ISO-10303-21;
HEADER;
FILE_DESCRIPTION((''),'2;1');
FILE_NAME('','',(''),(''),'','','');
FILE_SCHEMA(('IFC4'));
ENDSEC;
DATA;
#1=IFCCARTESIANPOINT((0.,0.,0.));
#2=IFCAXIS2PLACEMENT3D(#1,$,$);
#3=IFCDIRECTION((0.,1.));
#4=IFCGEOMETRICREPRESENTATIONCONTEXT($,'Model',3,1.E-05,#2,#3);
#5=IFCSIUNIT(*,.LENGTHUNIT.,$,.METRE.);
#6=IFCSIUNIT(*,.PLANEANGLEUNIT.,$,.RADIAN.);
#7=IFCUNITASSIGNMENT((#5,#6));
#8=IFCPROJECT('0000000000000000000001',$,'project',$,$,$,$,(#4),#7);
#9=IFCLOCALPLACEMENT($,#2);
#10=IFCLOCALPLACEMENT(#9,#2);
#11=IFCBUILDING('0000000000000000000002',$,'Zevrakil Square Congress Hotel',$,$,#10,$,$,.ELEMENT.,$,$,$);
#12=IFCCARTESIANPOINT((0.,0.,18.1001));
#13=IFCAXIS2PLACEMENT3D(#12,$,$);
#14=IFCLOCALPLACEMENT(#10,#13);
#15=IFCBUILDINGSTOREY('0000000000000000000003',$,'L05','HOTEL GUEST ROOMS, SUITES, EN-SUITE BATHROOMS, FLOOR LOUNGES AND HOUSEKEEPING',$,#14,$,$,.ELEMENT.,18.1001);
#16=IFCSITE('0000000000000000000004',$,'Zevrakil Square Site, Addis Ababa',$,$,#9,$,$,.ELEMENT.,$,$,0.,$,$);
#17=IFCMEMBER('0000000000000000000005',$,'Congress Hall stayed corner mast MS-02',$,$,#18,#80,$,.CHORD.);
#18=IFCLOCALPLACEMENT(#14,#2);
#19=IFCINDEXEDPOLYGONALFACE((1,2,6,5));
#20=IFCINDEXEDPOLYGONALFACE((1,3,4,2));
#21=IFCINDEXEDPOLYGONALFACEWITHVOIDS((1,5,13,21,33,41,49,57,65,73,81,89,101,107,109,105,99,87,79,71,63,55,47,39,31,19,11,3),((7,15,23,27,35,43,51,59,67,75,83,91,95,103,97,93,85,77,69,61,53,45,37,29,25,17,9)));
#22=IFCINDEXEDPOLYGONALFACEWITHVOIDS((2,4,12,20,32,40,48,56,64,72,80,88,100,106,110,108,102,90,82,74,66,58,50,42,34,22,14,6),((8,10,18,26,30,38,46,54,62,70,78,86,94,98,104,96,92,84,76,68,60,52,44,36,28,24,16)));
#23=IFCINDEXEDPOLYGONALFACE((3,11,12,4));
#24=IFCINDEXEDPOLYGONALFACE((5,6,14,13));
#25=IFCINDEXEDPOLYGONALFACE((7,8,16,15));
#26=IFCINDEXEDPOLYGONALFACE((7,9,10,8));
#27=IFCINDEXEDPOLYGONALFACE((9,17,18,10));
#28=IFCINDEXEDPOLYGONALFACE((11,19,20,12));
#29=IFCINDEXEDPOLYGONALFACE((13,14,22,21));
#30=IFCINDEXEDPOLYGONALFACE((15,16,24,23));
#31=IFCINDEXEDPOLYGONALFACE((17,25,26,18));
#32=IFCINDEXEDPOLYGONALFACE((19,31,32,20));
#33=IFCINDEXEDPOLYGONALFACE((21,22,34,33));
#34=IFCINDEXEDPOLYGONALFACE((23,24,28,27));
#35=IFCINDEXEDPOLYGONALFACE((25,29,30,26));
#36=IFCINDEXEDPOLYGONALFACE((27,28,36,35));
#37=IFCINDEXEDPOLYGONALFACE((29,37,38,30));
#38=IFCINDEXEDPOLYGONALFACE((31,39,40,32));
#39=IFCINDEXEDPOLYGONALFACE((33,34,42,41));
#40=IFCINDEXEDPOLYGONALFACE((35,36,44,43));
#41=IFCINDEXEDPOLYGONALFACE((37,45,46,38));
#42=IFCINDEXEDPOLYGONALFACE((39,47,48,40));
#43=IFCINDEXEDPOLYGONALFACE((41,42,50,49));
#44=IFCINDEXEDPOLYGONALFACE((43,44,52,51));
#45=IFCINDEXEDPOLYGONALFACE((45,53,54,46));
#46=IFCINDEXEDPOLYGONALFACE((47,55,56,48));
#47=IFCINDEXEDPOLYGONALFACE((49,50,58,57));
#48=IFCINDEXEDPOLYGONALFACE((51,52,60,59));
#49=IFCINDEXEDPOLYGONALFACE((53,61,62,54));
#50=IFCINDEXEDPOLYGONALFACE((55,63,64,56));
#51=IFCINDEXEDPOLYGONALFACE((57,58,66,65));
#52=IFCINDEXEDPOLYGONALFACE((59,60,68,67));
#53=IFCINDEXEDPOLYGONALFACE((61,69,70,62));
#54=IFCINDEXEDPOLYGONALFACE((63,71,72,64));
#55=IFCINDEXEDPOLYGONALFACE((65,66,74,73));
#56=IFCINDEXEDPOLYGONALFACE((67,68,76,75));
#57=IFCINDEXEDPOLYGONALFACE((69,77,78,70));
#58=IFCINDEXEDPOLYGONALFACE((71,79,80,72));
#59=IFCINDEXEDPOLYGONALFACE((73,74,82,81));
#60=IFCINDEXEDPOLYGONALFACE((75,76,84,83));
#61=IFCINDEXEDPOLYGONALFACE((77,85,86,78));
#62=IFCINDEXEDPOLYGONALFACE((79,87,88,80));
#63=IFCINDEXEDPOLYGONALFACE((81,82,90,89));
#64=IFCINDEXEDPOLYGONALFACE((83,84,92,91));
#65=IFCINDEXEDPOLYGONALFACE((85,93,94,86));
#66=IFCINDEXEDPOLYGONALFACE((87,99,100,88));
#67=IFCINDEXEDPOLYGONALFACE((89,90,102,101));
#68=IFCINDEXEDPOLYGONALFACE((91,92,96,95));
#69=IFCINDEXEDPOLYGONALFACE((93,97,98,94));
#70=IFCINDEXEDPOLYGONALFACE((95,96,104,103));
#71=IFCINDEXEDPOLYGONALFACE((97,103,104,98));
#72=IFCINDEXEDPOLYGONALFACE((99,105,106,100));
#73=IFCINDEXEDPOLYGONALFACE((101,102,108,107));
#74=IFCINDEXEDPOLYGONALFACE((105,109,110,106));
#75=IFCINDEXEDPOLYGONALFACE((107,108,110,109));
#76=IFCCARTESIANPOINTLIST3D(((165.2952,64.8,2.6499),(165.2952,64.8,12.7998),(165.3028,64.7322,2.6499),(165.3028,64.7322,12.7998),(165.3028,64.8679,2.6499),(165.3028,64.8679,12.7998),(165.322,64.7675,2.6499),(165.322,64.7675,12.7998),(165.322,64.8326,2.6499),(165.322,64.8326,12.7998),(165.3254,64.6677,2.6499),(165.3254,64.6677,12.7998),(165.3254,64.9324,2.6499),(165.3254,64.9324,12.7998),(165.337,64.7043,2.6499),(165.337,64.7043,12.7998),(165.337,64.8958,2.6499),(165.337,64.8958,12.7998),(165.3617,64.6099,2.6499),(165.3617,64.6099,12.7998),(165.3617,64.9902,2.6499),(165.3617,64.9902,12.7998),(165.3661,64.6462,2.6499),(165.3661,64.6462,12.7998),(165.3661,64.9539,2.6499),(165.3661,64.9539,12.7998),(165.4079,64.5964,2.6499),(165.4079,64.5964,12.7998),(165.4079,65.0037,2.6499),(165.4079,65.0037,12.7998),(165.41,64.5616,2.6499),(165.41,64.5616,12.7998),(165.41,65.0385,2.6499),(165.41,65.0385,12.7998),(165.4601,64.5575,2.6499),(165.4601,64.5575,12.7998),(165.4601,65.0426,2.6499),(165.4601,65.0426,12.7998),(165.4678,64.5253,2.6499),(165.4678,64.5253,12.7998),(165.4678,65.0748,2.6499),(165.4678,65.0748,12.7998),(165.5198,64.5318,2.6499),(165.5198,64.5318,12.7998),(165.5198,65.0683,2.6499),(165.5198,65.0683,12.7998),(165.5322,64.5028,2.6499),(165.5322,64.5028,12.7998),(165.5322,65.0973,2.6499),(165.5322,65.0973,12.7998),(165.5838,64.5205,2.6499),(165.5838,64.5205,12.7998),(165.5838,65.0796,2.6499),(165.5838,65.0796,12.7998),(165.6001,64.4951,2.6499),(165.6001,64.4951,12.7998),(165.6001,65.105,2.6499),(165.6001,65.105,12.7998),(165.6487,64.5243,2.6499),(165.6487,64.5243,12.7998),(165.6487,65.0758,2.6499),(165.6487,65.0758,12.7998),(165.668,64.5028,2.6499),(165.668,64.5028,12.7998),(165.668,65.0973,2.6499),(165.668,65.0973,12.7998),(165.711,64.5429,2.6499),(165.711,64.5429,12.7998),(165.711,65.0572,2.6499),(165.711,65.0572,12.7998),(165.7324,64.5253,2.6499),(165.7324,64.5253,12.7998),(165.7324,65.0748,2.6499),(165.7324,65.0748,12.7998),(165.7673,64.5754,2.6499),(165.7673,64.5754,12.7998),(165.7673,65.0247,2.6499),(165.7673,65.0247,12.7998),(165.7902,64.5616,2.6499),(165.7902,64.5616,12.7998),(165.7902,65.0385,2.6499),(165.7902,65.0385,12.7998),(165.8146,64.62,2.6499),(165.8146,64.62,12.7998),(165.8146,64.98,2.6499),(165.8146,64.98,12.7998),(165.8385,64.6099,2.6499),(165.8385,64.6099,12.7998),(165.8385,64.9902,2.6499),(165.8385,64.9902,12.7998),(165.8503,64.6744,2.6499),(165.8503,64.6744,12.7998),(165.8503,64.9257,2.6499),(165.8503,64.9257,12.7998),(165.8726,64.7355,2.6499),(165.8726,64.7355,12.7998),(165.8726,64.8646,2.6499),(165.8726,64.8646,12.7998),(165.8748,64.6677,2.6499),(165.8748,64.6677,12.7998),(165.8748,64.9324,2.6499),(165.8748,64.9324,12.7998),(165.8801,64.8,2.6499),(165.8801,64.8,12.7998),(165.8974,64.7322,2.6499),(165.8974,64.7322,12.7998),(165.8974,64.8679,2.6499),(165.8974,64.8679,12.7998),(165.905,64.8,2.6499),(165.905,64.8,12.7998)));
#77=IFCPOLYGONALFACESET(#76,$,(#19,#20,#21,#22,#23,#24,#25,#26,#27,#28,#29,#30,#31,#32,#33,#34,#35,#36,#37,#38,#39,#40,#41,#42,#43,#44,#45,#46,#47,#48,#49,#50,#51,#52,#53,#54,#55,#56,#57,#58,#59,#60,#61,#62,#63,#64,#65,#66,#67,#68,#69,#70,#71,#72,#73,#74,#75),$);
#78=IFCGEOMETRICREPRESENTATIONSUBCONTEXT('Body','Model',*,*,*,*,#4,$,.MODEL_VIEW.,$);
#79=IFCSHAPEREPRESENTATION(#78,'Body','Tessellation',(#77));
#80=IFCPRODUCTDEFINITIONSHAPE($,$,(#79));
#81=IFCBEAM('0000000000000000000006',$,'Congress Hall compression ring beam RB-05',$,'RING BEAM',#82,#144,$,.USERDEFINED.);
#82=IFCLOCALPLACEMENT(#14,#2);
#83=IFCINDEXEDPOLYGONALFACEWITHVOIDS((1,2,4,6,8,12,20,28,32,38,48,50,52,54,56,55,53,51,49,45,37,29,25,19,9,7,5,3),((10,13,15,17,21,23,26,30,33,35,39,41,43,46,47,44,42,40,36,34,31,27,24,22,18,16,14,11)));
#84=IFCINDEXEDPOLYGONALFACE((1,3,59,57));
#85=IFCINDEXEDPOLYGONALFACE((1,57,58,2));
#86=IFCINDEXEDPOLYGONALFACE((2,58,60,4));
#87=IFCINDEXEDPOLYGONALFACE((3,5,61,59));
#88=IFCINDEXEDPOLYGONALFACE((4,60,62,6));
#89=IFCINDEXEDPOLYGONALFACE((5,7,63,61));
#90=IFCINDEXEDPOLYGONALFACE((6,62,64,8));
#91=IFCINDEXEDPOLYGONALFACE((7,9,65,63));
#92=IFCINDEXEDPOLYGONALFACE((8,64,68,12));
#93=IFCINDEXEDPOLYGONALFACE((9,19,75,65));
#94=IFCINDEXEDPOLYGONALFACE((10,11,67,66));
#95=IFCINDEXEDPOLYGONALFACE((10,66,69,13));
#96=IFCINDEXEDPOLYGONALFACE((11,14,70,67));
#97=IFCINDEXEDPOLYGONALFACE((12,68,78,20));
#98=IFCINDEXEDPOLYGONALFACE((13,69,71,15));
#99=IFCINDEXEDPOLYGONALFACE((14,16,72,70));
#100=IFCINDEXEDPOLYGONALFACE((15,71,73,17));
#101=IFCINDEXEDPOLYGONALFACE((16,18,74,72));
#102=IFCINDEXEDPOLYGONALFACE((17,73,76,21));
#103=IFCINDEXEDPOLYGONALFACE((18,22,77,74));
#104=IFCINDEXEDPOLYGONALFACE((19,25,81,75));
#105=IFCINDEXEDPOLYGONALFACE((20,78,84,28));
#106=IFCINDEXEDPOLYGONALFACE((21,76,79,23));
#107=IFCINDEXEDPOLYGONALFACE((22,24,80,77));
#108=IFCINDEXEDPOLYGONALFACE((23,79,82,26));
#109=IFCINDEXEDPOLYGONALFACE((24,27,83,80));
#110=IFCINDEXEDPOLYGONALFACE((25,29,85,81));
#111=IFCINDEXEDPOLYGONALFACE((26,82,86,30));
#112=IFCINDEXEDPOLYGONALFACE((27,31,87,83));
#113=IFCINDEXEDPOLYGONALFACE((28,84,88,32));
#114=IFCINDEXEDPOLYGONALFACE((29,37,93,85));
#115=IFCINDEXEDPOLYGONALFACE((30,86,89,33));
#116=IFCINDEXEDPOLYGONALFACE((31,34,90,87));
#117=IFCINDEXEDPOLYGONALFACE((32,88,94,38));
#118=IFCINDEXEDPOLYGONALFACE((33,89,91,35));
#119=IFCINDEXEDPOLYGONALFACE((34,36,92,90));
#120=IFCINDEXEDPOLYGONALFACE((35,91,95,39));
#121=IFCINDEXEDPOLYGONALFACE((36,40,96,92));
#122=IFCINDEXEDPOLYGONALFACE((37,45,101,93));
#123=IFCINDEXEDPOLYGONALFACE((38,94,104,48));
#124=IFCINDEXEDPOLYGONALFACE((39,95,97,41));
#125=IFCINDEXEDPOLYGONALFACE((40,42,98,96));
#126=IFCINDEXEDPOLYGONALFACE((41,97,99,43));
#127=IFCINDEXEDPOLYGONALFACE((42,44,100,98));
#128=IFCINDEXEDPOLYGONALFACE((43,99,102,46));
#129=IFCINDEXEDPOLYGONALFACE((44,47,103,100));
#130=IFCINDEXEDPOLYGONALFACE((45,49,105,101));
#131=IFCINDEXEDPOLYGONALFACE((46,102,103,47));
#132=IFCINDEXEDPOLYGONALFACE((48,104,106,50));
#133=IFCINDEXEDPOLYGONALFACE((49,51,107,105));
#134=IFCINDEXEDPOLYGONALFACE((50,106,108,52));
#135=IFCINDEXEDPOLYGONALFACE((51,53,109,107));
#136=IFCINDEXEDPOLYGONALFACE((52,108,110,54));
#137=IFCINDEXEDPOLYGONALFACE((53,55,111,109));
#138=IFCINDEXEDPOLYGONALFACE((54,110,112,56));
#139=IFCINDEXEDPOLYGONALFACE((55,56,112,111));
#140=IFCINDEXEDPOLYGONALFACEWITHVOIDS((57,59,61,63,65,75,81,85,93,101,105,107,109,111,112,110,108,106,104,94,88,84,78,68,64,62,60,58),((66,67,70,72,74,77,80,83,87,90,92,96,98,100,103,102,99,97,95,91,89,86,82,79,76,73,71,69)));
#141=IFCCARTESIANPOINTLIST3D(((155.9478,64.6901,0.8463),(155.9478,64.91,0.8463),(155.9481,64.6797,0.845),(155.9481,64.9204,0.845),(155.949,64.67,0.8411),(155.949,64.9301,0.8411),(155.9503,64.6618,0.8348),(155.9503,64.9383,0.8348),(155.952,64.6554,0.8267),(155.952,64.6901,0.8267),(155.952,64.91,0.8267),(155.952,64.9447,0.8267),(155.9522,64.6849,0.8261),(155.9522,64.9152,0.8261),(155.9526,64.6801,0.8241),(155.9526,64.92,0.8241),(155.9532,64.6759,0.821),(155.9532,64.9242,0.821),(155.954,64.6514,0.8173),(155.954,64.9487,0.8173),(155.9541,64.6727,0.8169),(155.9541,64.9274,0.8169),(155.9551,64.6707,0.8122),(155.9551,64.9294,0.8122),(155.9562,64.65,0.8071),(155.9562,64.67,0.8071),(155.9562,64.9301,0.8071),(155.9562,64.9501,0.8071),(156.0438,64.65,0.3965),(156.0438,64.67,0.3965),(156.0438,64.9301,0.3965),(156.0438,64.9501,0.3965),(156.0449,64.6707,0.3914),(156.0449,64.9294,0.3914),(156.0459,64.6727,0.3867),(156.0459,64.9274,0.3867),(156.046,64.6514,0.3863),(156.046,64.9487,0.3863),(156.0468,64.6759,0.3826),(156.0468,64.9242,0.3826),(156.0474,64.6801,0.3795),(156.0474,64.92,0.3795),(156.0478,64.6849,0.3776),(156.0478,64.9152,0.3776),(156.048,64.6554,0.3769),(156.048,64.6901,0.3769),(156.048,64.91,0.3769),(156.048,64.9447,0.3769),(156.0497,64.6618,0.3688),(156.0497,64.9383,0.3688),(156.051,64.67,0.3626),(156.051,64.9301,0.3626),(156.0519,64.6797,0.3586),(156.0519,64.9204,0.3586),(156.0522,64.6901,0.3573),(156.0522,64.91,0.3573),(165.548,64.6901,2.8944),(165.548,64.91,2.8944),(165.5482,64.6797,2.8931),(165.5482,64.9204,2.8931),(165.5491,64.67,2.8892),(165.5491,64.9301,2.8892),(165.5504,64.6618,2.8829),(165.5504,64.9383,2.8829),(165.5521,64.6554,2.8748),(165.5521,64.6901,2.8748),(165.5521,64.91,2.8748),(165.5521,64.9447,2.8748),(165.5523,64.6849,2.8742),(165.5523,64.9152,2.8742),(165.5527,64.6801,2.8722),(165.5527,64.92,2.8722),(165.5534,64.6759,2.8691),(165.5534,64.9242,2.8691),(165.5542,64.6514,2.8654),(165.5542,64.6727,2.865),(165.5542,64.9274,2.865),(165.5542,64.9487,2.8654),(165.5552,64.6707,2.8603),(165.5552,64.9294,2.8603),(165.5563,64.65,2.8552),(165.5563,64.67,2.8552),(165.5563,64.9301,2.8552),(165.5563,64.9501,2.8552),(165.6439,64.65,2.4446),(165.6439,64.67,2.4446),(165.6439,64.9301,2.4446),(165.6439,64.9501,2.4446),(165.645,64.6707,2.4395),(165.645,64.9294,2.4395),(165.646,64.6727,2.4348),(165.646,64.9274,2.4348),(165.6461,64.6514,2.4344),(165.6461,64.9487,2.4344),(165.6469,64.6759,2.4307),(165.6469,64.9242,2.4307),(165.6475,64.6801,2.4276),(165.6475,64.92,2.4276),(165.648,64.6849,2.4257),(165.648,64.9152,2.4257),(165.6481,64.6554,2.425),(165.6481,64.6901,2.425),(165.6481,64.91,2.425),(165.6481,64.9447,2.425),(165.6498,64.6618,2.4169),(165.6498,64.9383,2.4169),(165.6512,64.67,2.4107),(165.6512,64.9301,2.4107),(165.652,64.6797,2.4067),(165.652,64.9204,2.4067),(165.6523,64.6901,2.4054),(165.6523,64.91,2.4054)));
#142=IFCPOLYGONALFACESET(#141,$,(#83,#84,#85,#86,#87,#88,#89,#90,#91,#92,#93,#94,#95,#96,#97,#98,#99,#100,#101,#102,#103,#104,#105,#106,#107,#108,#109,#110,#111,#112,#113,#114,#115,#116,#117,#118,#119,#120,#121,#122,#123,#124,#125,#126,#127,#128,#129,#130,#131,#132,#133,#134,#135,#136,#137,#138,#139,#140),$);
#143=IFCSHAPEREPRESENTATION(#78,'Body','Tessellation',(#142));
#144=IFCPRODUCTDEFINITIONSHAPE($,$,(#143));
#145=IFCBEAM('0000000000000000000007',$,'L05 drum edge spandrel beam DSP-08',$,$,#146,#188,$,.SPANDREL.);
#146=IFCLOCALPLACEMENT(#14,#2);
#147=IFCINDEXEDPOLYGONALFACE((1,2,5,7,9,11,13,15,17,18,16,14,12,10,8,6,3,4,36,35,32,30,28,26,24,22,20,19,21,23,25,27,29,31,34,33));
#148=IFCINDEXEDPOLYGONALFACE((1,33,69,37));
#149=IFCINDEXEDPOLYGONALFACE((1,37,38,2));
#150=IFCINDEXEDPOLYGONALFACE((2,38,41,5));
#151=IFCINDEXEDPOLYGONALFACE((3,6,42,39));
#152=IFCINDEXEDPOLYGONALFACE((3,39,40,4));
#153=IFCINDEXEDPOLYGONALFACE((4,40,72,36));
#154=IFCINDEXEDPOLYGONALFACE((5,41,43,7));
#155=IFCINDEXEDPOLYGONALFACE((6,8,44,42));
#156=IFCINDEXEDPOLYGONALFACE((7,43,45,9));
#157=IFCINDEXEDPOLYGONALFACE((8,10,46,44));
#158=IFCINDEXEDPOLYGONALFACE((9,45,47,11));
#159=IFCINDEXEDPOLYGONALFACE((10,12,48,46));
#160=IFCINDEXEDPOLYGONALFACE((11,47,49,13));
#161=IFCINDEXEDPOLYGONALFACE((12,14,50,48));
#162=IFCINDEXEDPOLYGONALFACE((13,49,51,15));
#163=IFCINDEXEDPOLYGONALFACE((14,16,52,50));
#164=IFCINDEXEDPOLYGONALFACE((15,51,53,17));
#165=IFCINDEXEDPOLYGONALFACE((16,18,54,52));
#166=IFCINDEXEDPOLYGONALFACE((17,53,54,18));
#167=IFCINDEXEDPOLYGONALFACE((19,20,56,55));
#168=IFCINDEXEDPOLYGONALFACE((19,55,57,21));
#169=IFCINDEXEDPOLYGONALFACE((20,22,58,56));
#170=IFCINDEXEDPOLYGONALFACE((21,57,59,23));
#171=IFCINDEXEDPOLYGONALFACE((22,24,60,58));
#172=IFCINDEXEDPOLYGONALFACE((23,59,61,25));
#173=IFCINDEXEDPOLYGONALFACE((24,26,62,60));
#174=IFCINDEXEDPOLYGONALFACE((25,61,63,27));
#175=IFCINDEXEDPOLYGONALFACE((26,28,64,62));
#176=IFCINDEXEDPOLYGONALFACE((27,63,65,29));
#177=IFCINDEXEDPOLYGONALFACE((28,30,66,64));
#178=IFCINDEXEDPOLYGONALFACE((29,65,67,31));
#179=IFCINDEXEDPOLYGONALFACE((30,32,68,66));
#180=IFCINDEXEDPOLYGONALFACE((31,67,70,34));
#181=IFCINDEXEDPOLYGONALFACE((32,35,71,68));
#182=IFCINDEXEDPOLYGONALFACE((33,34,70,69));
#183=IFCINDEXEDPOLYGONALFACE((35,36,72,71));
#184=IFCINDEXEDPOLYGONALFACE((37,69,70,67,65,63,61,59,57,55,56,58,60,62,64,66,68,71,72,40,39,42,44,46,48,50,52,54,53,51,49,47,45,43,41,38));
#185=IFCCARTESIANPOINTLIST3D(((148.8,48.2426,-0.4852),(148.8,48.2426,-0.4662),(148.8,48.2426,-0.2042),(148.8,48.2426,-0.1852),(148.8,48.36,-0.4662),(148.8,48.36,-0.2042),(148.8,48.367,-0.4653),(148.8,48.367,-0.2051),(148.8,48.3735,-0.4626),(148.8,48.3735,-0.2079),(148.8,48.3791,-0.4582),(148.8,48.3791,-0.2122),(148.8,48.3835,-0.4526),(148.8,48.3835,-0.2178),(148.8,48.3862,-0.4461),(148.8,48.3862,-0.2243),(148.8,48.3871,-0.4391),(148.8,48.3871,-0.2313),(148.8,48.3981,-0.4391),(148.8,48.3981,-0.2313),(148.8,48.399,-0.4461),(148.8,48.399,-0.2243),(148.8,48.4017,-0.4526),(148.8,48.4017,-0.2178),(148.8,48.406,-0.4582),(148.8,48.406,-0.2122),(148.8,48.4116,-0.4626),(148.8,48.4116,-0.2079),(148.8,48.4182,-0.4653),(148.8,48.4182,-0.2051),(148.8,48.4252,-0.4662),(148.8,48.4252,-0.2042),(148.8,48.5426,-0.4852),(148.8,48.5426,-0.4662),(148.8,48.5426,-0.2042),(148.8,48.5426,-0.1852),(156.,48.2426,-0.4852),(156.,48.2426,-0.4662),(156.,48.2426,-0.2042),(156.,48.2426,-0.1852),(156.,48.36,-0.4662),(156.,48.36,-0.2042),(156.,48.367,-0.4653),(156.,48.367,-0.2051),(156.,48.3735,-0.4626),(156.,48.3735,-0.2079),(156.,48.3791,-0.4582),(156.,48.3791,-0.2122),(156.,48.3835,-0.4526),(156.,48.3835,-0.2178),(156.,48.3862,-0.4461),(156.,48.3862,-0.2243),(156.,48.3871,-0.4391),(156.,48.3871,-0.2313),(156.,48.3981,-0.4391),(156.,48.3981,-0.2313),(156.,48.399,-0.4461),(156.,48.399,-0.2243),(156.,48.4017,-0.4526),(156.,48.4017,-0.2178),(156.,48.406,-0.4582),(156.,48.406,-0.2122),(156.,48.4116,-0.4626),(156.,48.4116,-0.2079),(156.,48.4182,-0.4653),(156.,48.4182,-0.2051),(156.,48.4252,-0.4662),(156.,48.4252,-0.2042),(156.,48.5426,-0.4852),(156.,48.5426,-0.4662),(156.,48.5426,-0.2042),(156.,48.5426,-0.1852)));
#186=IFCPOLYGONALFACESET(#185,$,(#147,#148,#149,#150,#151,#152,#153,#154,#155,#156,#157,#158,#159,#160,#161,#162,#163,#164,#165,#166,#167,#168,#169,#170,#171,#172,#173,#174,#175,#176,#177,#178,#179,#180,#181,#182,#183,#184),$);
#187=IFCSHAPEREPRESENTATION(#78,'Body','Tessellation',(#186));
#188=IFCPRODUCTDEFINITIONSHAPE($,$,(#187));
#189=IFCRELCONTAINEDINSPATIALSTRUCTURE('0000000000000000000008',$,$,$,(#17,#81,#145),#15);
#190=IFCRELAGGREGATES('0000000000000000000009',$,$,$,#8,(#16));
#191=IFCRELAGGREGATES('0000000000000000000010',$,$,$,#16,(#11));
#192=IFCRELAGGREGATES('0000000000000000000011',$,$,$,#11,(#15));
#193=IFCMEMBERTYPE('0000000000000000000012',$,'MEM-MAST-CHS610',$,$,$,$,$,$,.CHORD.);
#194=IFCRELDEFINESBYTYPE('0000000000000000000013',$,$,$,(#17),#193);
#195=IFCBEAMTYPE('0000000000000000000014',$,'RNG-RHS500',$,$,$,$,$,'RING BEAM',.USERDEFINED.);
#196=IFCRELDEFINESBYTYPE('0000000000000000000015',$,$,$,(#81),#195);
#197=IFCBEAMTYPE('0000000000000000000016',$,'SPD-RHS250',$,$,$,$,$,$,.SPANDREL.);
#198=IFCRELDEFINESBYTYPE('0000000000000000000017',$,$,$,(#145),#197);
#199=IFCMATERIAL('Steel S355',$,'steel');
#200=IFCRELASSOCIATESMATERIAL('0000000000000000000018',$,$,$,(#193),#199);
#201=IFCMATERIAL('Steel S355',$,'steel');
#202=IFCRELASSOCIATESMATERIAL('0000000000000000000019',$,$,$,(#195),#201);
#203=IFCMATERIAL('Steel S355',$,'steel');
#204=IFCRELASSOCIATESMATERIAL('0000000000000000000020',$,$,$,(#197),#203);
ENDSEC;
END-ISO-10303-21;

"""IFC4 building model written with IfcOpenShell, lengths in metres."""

from ifc_helpers import new_model, si_unit, direction, frame, origin, origin_2d, place, context, subcontext, project, spatial, hollow_rectangle, hollow_circle, i_section, extrude, material, material_profile, profile_set, type_object, element, save


model = new_model("IFC4")

# Units and contexts
model_context = context("Model", 3, precision=1e-05, world=origin(), true_north=direction((0.0, 1.0)))
body_context = subcontext(model_context, "Body", "Model", "MODEL_VIEW")
ifc_project = project(units=[si_unit("LENGTHUNIT", "METRE"), si_unit("PLANEANGLEUNIT", "RADIAN")], contexts=[model_context])

# Site, building, storey
site_placement = place(None, origin())
site = spatial("IfcSite", under=ifc_project, at=site_placement, Name="Zevrakil Square Site, Addis Ababa", CompositionType="ELEMENT", RefElevation=0.0)
building_placement = place(site_placement, origin())
building = spatial("IfcBuilding", under=site, at=building_placement, Name="Zevrakil Square Congress Hotel", CompositionType="ELEMENT")
storey_placement = place(building_placement, frame((0.0, 0.0, 18.1001)))
storey = spatial("IfcBuildingStorey", under=building, at=storey_placement, Name="L05", Description="HOTEL GUEST ROOMS, SUITES, EN-SUITE BATHROOMS, FLOOR LOUNGES AND HOUSEKEEPING", CompositionType="ELEMENT", Elevation=18.1001)

# Member
ifc_material_1 = material(Name="Steel S355", Category="steel")
ifc_material_profile_1 = material_profile(ifc_material_1, hollow_circle(Radius=0.3049, WallThickness=0.0249, at=origin_2d()), Name="CHS 610x25")
ifc_profile_set_1 = profile_set([ifc_material_profile_1], Name="Steel S355")
member_type_1 = type_object("IfcMemberType", Name="MEM-MAST-CHS610", PredefinedType="CHORD", material=ifc_profile_set_1)
member_1_placement = place(storey_placement, frame((165.6001, 64.8, 2.6499), z_axis=(0.0, 0.0, 1.0), x_axis=(1.0, 0.0, 0.0)))
element("IfcMember", 1, at=member_1_placement, inside=storey, type_object=member_type_1, Name="Congress Hall stayed corner mast MS-02", PredefinedType="CHORD", context=body_context, shape_type="SweptSolid", body=[
    extrude(hollow_circle(Radius=0.3049, WallThickness=0.0249, at=origin_2d()), origin(), (0.0, 0.0, 1.0), 10.1499),
])

# Beams
ifc_material_2 = material(Name="Steel S355", Category="steel")
ifc_material_profile_2 = material_profile(ifc_material_2, hollow_rectangle(XDim=0.3, YDim=0.5, WallThickness=0.02, InnerFilletRadius=0.02, OuterFilletRadius=0.04, at=origin_2d()), Name="RHS 500x300x20")
ifc_profile_set_2 = profile_set([ifc_material_profile_2], Name="Steel S355")
beam_type_1 = type_object("IfcBeamType", Name="RNG-RHS500", ElementType="RING BEAM", PredefinedType="USERDEFINED", material=ifc_profile_set_2)
beam_1_placement = place(storey_placement, frame((156.0, 64.8, 0.6018), z_axis=(0.977991, 0.0, 0.208646), x_axis=(0.0, 1.0, 0.0)))
element("IfcBeam", 2, at=beam_1_placement, inside=storey, type_object=beam_type_1, Name="Congress Hall compression ring beam RB-05", ObjectType="RING BEAM", PredefinedType="USERDEFINED", context=body_context, shape_type="SweptSolid", body=[
    extrude(hollow_rectangle(XDim=0.3, YDim=0.5, WallThickness=0.02, InnerFilletRadius=0.02, OuterFilletRadius=0.04, at=origin_2d()), origin(), (0.0, 0.0, 1.0), 9.8162),
])
ifc_material_3 = material(Name="Steel S355", Category="steel")
ifc_material_profile_3 = material_profile(ifc_material_3, i_section(OverallWidth=0.3, OverallDepth=0.3, WebThickness=0.011, FlangeThickness=0.019, FilletRadius=0.0271, at=origin_2d()), Name="HEB 300")
ifc_profile_set_3 = profile_set([ifc_material_profile_3], Name="Steel S355")
beam_type_2 = type_object("IfcBeamType", Name="SPD-RHS250", PredefinedType="SPANDREL", material=ifc_profile_set_3)
beam_2_placement = place(storey_placement, frame((156.0, 48.3926, -0.3352), z_axis=(-1.0, 0.0, 0.0), x_axis=(0.0, -1.0, 0.0)))
element("IfcBeam", 3, at=beam_2_placement, inside=storey, type_object=beam_type_2, Name="L05 drum edge spandrel beam DSP-08", PredefinedType="SPANDREL", context=body_context, shape_type="SweptSolid", body=[
    extrude(i_section(OverallWidth=0.3, OverallDepth=0.3, WebThickness=0.011, FlangeThickness=0.019, FilletRadius=0.0271, at=origin_2d()), origin(), (0.0, 0.0, 1.0), 7.2),
])

save(model, "model.ifc")
